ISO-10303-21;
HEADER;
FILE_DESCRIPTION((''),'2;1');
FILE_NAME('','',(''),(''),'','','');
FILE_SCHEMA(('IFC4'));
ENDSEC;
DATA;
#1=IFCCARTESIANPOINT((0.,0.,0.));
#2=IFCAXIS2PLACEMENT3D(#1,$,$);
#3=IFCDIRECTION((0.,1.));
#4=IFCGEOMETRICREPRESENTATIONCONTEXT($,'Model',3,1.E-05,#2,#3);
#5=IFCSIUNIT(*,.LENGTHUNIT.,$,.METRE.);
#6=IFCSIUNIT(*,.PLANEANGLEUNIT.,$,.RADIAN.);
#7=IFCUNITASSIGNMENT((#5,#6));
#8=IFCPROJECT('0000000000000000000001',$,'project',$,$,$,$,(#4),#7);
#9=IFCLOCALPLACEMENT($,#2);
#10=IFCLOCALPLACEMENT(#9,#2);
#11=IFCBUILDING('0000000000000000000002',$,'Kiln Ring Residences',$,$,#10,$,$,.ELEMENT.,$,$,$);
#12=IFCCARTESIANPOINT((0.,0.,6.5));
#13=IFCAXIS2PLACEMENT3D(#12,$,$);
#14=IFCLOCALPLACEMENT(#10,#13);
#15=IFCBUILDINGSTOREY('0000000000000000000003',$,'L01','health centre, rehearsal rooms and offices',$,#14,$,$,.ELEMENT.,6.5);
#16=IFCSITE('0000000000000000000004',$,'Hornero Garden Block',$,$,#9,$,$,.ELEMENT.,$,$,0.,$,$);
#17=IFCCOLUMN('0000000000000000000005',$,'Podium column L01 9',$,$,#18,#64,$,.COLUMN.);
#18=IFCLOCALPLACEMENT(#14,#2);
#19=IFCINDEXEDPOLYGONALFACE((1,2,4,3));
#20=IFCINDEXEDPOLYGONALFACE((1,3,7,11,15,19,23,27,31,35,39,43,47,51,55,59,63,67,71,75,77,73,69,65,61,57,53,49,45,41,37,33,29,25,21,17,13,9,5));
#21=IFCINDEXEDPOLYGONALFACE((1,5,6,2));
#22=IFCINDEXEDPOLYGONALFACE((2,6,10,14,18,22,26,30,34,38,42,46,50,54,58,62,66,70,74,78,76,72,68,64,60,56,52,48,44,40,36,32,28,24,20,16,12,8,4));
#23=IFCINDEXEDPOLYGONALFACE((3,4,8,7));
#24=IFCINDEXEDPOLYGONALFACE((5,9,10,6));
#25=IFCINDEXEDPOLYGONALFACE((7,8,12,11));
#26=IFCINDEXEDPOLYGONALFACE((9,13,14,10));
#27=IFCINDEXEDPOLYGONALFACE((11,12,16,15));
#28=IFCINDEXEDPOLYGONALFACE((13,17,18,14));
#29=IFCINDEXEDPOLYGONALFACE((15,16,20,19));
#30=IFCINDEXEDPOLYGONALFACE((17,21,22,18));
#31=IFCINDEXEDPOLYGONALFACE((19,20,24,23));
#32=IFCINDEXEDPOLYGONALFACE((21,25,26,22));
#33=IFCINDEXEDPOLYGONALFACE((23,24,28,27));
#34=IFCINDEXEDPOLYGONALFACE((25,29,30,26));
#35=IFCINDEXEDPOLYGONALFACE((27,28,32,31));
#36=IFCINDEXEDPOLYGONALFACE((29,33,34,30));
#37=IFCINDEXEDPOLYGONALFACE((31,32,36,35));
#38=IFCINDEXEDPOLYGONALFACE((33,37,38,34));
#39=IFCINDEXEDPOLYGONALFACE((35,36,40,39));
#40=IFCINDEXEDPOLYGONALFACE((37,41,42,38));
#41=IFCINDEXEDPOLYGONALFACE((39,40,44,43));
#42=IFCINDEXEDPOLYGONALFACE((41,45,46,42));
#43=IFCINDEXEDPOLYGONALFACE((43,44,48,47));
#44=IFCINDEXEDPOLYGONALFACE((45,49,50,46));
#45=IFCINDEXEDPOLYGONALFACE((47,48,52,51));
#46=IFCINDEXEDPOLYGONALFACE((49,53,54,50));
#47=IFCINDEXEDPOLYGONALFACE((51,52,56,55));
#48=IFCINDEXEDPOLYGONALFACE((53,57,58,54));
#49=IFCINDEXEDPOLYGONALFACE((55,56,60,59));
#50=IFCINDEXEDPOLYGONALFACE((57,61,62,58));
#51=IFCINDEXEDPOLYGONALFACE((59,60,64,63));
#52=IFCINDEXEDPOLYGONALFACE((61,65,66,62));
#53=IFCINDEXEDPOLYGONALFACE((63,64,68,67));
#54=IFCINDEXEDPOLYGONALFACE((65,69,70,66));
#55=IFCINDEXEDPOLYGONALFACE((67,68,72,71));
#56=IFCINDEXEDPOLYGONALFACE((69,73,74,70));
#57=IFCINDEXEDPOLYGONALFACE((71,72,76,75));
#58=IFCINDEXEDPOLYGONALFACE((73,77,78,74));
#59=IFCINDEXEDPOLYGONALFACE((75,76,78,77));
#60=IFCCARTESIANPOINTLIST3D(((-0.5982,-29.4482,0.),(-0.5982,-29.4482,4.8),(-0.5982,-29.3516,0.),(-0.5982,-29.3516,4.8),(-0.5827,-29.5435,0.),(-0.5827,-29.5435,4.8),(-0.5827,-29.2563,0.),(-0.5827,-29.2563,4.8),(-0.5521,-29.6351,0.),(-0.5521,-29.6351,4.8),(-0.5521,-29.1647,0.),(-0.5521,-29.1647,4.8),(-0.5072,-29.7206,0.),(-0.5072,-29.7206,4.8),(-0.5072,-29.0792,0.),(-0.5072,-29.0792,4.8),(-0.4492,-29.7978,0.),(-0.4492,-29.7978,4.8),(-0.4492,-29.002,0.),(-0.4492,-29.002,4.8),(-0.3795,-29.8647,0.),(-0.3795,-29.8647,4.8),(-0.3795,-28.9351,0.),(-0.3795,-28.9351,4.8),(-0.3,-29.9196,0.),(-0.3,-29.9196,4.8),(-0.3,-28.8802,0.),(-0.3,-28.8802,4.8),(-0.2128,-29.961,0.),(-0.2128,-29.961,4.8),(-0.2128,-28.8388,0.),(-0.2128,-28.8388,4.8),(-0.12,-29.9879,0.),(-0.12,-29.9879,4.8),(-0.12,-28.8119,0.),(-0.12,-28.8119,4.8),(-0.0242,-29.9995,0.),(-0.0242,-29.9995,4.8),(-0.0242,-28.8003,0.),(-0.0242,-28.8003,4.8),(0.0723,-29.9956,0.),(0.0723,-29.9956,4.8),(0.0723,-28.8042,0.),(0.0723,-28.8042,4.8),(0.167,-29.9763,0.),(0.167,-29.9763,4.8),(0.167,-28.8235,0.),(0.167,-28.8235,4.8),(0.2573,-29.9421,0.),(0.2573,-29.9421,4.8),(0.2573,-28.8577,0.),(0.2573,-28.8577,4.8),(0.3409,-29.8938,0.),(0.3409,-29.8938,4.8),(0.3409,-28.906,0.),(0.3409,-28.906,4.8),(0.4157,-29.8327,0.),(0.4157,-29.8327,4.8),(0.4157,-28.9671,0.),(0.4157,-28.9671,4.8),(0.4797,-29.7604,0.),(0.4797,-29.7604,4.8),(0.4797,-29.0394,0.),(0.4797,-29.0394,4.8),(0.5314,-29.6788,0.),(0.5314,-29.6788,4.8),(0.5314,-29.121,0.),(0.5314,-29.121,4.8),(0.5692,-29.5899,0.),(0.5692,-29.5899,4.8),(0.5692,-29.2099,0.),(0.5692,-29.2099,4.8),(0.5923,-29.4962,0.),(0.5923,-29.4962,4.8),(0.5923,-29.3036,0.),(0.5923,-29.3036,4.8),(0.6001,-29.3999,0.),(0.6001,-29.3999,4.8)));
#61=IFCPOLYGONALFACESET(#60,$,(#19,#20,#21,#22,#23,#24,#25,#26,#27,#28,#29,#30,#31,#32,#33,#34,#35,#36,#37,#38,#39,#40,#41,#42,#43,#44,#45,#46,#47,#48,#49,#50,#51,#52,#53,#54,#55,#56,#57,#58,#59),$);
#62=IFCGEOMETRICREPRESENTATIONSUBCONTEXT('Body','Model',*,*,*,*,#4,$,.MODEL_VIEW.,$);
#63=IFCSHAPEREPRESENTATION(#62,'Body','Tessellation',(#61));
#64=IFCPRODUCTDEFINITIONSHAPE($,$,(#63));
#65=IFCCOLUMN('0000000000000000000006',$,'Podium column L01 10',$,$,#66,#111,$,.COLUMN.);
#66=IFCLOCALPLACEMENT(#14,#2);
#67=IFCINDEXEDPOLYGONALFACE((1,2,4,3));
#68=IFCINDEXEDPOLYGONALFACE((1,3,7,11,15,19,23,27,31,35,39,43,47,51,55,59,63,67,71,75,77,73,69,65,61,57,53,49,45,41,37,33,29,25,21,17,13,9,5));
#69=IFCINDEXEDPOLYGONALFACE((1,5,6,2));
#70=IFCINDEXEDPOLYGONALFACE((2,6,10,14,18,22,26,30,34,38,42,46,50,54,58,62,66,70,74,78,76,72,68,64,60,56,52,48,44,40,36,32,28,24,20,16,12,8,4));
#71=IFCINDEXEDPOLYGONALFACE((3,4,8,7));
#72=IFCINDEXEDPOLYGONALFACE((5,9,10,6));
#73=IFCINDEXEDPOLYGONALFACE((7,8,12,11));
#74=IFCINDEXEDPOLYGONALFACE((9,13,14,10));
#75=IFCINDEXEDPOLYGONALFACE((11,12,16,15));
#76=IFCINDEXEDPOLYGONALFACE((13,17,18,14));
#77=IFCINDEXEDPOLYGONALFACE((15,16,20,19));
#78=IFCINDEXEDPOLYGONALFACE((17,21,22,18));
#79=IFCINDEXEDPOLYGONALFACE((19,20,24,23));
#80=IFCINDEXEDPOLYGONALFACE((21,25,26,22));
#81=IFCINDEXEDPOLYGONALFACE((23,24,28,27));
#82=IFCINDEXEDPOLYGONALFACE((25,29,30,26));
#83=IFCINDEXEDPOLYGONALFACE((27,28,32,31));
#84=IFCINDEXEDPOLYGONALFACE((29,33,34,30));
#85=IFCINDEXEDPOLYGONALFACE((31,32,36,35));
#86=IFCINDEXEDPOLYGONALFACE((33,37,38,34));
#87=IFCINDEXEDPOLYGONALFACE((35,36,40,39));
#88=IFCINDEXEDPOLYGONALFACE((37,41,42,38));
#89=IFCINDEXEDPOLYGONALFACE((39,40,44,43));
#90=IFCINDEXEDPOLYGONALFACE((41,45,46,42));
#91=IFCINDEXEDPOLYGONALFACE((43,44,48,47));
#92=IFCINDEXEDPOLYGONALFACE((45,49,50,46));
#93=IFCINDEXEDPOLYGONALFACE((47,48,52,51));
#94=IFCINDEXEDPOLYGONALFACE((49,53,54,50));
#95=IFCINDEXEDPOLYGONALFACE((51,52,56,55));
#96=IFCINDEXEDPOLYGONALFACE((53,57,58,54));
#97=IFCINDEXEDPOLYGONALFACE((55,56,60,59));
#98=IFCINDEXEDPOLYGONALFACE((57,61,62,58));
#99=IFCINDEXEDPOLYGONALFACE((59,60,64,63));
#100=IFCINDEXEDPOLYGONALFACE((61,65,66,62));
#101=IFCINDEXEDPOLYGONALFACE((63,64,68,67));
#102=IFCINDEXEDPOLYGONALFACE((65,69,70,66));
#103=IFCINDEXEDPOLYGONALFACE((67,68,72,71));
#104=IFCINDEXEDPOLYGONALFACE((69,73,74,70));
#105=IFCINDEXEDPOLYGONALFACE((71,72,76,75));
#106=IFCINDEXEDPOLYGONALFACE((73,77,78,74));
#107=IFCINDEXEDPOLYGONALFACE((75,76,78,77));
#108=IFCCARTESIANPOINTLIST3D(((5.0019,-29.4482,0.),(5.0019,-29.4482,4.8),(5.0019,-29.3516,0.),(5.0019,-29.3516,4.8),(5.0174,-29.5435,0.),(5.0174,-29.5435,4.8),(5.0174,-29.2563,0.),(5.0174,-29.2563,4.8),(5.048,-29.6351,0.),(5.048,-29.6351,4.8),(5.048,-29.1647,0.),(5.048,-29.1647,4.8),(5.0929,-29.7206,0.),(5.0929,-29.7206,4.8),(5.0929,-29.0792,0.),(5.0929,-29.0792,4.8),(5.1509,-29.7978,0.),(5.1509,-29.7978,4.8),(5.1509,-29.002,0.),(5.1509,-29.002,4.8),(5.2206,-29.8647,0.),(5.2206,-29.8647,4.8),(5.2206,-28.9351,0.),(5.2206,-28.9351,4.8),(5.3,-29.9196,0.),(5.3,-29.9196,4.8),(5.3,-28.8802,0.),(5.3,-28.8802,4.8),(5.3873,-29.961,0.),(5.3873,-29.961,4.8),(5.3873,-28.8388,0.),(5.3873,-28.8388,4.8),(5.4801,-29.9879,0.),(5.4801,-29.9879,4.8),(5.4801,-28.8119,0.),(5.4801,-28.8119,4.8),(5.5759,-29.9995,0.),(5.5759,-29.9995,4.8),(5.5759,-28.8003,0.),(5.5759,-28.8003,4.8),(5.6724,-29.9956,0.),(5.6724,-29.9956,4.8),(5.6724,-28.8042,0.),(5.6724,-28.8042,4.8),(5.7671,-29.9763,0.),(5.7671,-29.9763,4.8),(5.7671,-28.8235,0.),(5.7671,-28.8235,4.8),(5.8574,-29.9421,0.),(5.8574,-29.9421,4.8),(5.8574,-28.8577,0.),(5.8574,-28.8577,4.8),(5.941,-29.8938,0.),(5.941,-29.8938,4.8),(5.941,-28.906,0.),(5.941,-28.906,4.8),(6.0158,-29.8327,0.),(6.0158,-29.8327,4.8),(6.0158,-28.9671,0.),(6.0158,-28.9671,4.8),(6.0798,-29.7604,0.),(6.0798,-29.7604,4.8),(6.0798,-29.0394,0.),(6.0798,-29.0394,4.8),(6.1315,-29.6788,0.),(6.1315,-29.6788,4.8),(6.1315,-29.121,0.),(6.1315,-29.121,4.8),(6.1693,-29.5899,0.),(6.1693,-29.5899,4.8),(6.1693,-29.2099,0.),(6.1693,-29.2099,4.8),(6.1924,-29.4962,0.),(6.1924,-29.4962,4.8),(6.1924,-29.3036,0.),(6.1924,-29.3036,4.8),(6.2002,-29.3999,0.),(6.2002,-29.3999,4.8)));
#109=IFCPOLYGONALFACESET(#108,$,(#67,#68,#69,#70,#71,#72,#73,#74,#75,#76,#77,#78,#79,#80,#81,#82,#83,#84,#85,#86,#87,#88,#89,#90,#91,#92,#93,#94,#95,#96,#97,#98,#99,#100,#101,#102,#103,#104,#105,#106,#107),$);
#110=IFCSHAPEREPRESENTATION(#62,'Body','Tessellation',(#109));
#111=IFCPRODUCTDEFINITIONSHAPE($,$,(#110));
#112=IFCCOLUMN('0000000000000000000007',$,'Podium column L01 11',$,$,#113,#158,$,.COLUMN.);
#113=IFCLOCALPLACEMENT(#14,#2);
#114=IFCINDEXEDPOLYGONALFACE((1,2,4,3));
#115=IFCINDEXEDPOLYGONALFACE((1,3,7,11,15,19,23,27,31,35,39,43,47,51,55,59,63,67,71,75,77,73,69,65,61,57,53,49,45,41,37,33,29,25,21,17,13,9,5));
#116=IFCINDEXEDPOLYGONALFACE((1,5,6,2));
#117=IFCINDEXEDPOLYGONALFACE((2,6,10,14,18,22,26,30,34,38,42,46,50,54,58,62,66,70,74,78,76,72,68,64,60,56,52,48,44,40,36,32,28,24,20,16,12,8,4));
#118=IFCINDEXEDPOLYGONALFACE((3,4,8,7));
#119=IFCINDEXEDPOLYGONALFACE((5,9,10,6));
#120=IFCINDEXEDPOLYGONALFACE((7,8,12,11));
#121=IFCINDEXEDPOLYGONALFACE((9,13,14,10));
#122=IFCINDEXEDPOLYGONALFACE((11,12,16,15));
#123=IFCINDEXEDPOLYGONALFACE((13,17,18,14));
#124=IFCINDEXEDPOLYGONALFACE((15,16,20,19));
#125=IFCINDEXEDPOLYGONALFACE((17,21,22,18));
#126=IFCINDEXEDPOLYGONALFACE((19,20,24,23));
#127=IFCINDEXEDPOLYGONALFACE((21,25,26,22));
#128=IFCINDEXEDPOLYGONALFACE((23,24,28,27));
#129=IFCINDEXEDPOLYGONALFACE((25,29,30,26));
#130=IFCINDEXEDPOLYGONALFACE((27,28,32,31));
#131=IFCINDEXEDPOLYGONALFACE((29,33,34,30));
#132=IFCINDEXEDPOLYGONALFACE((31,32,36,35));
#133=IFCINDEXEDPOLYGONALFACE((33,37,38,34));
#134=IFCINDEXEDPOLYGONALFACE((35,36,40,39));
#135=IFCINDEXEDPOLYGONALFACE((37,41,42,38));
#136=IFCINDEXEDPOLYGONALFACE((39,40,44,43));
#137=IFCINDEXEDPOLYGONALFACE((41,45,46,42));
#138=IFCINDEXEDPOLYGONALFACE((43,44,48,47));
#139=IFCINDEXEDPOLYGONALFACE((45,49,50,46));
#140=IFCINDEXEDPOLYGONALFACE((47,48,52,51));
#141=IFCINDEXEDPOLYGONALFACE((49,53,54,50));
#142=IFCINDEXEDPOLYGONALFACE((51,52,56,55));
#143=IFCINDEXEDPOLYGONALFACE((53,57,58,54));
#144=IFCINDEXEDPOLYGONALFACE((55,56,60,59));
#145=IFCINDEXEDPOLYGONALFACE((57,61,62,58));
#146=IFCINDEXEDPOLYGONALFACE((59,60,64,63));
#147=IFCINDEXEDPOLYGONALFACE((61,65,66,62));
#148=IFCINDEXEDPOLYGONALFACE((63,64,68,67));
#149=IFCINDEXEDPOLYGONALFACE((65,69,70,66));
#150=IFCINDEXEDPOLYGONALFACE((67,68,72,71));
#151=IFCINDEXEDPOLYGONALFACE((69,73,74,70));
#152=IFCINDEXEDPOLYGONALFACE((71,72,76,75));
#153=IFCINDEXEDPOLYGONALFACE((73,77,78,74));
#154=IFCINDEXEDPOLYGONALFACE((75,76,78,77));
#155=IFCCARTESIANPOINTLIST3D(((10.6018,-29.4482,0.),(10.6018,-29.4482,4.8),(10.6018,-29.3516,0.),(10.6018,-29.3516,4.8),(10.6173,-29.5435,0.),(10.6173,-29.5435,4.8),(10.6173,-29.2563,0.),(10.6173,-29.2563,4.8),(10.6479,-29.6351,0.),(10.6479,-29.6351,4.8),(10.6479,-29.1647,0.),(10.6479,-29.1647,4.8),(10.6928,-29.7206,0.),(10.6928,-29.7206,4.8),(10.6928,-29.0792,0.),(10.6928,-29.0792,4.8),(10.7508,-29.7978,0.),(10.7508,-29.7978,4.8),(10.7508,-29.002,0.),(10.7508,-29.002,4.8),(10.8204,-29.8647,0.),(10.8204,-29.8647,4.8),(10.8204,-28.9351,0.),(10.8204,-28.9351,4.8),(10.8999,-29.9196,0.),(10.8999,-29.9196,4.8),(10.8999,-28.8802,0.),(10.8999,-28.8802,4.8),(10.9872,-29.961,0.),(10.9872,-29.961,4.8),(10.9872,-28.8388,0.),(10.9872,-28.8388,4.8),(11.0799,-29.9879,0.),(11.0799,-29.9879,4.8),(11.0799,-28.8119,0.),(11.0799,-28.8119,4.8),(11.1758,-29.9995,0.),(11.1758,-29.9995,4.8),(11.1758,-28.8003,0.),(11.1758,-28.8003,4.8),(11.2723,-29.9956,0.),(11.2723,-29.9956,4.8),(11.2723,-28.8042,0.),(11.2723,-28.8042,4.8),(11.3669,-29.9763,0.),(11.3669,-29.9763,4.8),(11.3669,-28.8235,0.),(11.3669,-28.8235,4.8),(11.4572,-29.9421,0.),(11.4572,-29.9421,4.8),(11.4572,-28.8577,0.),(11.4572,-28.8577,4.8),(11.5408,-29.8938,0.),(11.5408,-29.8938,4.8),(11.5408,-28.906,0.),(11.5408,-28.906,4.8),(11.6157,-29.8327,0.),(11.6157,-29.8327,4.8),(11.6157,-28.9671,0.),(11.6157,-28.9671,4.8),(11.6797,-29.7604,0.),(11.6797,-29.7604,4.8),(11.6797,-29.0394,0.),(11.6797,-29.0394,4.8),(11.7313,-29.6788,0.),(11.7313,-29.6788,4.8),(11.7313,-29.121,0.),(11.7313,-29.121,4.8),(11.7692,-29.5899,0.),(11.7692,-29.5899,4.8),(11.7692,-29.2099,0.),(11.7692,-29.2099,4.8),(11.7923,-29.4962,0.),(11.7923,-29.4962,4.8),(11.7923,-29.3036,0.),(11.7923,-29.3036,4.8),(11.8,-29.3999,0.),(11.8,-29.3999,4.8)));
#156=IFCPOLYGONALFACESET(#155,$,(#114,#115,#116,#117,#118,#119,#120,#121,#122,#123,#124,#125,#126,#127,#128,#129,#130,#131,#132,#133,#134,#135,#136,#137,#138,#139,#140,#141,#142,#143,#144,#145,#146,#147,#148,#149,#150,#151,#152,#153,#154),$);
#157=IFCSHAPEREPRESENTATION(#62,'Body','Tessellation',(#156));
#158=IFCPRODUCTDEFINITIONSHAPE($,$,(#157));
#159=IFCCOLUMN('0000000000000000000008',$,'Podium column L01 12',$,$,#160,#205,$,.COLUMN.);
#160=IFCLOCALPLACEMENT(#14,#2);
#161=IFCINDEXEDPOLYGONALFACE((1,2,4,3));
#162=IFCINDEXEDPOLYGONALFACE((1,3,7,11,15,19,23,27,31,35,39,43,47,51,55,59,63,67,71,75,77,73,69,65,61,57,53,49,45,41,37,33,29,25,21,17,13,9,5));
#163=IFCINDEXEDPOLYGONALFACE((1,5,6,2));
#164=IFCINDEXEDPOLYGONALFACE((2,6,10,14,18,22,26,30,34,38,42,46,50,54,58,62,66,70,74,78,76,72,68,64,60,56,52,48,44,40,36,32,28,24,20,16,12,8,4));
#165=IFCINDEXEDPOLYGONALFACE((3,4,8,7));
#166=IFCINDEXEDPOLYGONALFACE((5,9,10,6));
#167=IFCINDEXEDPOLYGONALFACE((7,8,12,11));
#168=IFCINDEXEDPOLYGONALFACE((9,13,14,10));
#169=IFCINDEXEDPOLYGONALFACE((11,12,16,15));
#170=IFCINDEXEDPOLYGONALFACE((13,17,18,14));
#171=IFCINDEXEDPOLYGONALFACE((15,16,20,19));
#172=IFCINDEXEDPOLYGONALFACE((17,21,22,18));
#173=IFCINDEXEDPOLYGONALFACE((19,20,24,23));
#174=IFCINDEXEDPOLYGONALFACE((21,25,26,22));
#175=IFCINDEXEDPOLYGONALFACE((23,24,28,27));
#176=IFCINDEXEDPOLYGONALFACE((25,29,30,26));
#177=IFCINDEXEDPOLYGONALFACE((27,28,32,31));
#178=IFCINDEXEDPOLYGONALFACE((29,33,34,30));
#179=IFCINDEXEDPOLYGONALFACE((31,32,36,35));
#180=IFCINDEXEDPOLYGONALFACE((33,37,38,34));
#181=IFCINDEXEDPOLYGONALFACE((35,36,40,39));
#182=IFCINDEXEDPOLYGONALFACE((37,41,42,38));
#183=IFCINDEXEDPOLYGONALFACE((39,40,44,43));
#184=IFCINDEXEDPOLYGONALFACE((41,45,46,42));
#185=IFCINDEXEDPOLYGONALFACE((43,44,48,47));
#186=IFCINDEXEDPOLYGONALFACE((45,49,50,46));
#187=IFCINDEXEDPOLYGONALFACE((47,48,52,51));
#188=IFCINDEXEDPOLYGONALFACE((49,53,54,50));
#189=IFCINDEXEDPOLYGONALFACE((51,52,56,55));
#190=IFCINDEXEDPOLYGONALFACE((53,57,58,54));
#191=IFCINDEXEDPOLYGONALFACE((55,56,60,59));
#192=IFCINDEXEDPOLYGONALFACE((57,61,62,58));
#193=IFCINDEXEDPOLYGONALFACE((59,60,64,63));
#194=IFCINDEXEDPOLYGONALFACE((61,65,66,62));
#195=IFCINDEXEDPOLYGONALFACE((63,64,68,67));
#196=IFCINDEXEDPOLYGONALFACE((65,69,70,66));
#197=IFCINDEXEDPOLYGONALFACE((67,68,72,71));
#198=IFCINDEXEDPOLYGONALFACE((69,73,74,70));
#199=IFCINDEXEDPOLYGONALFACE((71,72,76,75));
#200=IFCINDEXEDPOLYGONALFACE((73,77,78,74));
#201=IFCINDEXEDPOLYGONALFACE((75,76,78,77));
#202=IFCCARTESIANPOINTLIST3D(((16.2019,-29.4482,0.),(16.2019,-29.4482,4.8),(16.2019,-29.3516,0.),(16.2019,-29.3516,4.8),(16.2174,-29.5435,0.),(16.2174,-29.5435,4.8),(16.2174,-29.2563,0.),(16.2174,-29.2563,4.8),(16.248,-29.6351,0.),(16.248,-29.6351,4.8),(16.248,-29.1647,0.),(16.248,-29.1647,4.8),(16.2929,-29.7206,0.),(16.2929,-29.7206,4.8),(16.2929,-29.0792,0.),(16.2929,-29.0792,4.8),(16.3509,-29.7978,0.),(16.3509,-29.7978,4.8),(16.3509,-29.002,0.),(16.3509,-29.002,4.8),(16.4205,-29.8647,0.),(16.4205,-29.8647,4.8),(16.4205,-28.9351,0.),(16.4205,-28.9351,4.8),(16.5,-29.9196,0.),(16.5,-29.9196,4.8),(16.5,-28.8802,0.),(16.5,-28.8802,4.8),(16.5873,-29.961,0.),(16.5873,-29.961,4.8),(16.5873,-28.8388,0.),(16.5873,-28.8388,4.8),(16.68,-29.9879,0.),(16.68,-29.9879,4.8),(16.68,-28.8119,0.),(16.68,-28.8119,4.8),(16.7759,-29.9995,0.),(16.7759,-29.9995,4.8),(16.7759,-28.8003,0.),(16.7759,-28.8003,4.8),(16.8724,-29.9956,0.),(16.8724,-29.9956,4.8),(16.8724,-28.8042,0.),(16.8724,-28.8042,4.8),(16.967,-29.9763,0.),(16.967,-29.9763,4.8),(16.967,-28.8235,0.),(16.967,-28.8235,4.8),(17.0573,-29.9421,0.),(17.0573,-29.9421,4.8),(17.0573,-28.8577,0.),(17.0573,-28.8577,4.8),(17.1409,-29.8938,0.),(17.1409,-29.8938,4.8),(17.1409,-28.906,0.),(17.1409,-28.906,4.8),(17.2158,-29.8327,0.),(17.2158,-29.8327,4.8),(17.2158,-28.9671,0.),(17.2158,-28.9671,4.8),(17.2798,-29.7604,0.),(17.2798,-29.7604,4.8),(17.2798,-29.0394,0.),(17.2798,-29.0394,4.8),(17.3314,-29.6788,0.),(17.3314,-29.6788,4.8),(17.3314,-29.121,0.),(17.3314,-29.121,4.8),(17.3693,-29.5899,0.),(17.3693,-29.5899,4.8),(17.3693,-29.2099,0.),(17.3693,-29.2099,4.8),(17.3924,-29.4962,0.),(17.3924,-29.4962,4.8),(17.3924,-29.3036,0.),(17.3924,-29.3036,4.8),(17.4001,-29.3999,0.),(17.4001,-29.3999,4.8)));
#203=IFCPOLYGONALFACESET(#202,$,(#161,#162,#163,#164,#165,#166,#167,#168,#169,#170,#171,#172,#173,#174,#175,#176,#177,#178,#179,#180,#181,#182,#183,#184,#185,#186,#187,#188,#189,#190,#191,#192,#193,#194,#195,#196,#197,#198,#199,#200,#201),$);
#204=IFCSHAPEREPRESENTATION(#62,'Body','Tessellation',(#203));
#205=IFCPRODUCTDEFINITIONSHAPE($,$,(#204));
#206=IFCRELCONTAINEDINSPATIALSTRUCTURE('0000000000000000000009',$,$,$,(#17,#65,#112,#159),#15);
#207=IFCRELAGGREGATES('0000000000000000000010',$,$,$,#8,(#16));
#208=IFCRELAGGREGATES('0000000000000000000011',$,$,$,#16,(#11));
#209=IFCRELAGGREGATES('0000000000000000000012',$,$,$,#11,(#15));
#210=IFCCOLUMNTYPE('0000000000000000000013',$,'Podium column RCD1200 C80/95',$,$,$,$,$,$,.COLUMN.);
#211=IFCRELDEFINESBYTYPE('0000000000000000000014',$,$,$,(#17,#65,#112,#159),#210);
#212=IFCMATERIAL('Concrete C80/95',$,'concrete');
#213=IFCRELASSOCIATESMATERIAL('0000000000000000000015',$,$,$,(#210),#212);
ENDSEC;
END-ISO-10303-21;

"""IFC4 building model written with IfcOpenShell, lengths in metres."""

from ifc_helpers import new_model, si_unit, direction, frame, origin, origin_2d, place, context, subcontext, project, spatial, circle, extrude, material, material_profile, profile_set, type_object, element, save


model = new_model("IFC4")

# Units and contexts
model_context = context("Model", 3, precision=1e-05, world=origin(), true_north=direction((0.0, 1.0)))
body_context = subcontext(model_context, "Body", "Model", "MODEL_VIEW")
ifc_project = project(units=[si_unit("LENGTHUNIT", "METRE"), si_unit("PLANEANGLEUNIT", "RADIAN")], contexts=[model_context])

# Site, building, storey
site_placement = place(None, origin())
site = spatial("IfcSite", under=ifc_project, at=site_placement, Name="Hornero Garden Block", CompositionType="ELEMENT", RefElevation=0.0)
building_placement = place(site_placement, origin())
building = spatial("IfcBuilding", under=site, at=building_placement, Name="Kiln Ring Residences", CompositionType="ELEMENT")
storey_placement = place(building_placement, frame((0.0, 0.0, 6.5)))
storey = spatial("IfcBuildingStorey", under=building, at=storey_placement, Name="L01", Description="health centre, rehearsal rooms and offices", CompositionType="ELEMENT", Elevation=6.5)

# Columns
ifc_material_1 = material(Name="Concrete C80/95", Category="concrete")
ifc_material_profile = material_profile(ifc_material_1, circle(Radius=0.6001, at=origin_2d()), Name="RCD1200")
ifc_profile_set = profile_set([ifc_material_profile], Name="Concrete C80/95")
column_type = type_object("IfcColumnType", Name="Podium column RCD1200 C80/95", PredefinedType="COLUMN", material=ifc_profile_set)
for number, where, z_axis, x_axis, name in (
    (1, (0.0, -29.3999, 0.0), (0.0, 0.0, 1.0), (1.0, 0.0, 0.0), "Podium column L01 9"),
    (2, (5.6001, -29.3999, 0.0), (0.0, 0.0, 1.0), (1.0, 0.0, 0.0), "Podium column L01 10"),
    (3, (11.2, -29.3999, 0.0), (0.0, 0.0, 1.0), (1.0, 0.0, 0.0), "Podium column L01 11"),
    (4, (16.8, -29.3999, 0.0), (0.0, 0.0, 1.0), (1.0, 0.0, 0.0), "Podium column L01 12"),
):
    element("IfcColumn", number, at=place(storey_placement, frame(where, z_axis=z_axis, x_axis=x_axis)), inside=storey, type_object=column_type, Name=name, PredefinedType="COLUMN", context=body_context, shape_type="SweptSolid", body=[
        extrude(circle(Radius=0.6001, at=origin_2d()), origin(), (0.0, 0.0, 1.0), 4.8),
    ])

save(model, "model.ifc")
